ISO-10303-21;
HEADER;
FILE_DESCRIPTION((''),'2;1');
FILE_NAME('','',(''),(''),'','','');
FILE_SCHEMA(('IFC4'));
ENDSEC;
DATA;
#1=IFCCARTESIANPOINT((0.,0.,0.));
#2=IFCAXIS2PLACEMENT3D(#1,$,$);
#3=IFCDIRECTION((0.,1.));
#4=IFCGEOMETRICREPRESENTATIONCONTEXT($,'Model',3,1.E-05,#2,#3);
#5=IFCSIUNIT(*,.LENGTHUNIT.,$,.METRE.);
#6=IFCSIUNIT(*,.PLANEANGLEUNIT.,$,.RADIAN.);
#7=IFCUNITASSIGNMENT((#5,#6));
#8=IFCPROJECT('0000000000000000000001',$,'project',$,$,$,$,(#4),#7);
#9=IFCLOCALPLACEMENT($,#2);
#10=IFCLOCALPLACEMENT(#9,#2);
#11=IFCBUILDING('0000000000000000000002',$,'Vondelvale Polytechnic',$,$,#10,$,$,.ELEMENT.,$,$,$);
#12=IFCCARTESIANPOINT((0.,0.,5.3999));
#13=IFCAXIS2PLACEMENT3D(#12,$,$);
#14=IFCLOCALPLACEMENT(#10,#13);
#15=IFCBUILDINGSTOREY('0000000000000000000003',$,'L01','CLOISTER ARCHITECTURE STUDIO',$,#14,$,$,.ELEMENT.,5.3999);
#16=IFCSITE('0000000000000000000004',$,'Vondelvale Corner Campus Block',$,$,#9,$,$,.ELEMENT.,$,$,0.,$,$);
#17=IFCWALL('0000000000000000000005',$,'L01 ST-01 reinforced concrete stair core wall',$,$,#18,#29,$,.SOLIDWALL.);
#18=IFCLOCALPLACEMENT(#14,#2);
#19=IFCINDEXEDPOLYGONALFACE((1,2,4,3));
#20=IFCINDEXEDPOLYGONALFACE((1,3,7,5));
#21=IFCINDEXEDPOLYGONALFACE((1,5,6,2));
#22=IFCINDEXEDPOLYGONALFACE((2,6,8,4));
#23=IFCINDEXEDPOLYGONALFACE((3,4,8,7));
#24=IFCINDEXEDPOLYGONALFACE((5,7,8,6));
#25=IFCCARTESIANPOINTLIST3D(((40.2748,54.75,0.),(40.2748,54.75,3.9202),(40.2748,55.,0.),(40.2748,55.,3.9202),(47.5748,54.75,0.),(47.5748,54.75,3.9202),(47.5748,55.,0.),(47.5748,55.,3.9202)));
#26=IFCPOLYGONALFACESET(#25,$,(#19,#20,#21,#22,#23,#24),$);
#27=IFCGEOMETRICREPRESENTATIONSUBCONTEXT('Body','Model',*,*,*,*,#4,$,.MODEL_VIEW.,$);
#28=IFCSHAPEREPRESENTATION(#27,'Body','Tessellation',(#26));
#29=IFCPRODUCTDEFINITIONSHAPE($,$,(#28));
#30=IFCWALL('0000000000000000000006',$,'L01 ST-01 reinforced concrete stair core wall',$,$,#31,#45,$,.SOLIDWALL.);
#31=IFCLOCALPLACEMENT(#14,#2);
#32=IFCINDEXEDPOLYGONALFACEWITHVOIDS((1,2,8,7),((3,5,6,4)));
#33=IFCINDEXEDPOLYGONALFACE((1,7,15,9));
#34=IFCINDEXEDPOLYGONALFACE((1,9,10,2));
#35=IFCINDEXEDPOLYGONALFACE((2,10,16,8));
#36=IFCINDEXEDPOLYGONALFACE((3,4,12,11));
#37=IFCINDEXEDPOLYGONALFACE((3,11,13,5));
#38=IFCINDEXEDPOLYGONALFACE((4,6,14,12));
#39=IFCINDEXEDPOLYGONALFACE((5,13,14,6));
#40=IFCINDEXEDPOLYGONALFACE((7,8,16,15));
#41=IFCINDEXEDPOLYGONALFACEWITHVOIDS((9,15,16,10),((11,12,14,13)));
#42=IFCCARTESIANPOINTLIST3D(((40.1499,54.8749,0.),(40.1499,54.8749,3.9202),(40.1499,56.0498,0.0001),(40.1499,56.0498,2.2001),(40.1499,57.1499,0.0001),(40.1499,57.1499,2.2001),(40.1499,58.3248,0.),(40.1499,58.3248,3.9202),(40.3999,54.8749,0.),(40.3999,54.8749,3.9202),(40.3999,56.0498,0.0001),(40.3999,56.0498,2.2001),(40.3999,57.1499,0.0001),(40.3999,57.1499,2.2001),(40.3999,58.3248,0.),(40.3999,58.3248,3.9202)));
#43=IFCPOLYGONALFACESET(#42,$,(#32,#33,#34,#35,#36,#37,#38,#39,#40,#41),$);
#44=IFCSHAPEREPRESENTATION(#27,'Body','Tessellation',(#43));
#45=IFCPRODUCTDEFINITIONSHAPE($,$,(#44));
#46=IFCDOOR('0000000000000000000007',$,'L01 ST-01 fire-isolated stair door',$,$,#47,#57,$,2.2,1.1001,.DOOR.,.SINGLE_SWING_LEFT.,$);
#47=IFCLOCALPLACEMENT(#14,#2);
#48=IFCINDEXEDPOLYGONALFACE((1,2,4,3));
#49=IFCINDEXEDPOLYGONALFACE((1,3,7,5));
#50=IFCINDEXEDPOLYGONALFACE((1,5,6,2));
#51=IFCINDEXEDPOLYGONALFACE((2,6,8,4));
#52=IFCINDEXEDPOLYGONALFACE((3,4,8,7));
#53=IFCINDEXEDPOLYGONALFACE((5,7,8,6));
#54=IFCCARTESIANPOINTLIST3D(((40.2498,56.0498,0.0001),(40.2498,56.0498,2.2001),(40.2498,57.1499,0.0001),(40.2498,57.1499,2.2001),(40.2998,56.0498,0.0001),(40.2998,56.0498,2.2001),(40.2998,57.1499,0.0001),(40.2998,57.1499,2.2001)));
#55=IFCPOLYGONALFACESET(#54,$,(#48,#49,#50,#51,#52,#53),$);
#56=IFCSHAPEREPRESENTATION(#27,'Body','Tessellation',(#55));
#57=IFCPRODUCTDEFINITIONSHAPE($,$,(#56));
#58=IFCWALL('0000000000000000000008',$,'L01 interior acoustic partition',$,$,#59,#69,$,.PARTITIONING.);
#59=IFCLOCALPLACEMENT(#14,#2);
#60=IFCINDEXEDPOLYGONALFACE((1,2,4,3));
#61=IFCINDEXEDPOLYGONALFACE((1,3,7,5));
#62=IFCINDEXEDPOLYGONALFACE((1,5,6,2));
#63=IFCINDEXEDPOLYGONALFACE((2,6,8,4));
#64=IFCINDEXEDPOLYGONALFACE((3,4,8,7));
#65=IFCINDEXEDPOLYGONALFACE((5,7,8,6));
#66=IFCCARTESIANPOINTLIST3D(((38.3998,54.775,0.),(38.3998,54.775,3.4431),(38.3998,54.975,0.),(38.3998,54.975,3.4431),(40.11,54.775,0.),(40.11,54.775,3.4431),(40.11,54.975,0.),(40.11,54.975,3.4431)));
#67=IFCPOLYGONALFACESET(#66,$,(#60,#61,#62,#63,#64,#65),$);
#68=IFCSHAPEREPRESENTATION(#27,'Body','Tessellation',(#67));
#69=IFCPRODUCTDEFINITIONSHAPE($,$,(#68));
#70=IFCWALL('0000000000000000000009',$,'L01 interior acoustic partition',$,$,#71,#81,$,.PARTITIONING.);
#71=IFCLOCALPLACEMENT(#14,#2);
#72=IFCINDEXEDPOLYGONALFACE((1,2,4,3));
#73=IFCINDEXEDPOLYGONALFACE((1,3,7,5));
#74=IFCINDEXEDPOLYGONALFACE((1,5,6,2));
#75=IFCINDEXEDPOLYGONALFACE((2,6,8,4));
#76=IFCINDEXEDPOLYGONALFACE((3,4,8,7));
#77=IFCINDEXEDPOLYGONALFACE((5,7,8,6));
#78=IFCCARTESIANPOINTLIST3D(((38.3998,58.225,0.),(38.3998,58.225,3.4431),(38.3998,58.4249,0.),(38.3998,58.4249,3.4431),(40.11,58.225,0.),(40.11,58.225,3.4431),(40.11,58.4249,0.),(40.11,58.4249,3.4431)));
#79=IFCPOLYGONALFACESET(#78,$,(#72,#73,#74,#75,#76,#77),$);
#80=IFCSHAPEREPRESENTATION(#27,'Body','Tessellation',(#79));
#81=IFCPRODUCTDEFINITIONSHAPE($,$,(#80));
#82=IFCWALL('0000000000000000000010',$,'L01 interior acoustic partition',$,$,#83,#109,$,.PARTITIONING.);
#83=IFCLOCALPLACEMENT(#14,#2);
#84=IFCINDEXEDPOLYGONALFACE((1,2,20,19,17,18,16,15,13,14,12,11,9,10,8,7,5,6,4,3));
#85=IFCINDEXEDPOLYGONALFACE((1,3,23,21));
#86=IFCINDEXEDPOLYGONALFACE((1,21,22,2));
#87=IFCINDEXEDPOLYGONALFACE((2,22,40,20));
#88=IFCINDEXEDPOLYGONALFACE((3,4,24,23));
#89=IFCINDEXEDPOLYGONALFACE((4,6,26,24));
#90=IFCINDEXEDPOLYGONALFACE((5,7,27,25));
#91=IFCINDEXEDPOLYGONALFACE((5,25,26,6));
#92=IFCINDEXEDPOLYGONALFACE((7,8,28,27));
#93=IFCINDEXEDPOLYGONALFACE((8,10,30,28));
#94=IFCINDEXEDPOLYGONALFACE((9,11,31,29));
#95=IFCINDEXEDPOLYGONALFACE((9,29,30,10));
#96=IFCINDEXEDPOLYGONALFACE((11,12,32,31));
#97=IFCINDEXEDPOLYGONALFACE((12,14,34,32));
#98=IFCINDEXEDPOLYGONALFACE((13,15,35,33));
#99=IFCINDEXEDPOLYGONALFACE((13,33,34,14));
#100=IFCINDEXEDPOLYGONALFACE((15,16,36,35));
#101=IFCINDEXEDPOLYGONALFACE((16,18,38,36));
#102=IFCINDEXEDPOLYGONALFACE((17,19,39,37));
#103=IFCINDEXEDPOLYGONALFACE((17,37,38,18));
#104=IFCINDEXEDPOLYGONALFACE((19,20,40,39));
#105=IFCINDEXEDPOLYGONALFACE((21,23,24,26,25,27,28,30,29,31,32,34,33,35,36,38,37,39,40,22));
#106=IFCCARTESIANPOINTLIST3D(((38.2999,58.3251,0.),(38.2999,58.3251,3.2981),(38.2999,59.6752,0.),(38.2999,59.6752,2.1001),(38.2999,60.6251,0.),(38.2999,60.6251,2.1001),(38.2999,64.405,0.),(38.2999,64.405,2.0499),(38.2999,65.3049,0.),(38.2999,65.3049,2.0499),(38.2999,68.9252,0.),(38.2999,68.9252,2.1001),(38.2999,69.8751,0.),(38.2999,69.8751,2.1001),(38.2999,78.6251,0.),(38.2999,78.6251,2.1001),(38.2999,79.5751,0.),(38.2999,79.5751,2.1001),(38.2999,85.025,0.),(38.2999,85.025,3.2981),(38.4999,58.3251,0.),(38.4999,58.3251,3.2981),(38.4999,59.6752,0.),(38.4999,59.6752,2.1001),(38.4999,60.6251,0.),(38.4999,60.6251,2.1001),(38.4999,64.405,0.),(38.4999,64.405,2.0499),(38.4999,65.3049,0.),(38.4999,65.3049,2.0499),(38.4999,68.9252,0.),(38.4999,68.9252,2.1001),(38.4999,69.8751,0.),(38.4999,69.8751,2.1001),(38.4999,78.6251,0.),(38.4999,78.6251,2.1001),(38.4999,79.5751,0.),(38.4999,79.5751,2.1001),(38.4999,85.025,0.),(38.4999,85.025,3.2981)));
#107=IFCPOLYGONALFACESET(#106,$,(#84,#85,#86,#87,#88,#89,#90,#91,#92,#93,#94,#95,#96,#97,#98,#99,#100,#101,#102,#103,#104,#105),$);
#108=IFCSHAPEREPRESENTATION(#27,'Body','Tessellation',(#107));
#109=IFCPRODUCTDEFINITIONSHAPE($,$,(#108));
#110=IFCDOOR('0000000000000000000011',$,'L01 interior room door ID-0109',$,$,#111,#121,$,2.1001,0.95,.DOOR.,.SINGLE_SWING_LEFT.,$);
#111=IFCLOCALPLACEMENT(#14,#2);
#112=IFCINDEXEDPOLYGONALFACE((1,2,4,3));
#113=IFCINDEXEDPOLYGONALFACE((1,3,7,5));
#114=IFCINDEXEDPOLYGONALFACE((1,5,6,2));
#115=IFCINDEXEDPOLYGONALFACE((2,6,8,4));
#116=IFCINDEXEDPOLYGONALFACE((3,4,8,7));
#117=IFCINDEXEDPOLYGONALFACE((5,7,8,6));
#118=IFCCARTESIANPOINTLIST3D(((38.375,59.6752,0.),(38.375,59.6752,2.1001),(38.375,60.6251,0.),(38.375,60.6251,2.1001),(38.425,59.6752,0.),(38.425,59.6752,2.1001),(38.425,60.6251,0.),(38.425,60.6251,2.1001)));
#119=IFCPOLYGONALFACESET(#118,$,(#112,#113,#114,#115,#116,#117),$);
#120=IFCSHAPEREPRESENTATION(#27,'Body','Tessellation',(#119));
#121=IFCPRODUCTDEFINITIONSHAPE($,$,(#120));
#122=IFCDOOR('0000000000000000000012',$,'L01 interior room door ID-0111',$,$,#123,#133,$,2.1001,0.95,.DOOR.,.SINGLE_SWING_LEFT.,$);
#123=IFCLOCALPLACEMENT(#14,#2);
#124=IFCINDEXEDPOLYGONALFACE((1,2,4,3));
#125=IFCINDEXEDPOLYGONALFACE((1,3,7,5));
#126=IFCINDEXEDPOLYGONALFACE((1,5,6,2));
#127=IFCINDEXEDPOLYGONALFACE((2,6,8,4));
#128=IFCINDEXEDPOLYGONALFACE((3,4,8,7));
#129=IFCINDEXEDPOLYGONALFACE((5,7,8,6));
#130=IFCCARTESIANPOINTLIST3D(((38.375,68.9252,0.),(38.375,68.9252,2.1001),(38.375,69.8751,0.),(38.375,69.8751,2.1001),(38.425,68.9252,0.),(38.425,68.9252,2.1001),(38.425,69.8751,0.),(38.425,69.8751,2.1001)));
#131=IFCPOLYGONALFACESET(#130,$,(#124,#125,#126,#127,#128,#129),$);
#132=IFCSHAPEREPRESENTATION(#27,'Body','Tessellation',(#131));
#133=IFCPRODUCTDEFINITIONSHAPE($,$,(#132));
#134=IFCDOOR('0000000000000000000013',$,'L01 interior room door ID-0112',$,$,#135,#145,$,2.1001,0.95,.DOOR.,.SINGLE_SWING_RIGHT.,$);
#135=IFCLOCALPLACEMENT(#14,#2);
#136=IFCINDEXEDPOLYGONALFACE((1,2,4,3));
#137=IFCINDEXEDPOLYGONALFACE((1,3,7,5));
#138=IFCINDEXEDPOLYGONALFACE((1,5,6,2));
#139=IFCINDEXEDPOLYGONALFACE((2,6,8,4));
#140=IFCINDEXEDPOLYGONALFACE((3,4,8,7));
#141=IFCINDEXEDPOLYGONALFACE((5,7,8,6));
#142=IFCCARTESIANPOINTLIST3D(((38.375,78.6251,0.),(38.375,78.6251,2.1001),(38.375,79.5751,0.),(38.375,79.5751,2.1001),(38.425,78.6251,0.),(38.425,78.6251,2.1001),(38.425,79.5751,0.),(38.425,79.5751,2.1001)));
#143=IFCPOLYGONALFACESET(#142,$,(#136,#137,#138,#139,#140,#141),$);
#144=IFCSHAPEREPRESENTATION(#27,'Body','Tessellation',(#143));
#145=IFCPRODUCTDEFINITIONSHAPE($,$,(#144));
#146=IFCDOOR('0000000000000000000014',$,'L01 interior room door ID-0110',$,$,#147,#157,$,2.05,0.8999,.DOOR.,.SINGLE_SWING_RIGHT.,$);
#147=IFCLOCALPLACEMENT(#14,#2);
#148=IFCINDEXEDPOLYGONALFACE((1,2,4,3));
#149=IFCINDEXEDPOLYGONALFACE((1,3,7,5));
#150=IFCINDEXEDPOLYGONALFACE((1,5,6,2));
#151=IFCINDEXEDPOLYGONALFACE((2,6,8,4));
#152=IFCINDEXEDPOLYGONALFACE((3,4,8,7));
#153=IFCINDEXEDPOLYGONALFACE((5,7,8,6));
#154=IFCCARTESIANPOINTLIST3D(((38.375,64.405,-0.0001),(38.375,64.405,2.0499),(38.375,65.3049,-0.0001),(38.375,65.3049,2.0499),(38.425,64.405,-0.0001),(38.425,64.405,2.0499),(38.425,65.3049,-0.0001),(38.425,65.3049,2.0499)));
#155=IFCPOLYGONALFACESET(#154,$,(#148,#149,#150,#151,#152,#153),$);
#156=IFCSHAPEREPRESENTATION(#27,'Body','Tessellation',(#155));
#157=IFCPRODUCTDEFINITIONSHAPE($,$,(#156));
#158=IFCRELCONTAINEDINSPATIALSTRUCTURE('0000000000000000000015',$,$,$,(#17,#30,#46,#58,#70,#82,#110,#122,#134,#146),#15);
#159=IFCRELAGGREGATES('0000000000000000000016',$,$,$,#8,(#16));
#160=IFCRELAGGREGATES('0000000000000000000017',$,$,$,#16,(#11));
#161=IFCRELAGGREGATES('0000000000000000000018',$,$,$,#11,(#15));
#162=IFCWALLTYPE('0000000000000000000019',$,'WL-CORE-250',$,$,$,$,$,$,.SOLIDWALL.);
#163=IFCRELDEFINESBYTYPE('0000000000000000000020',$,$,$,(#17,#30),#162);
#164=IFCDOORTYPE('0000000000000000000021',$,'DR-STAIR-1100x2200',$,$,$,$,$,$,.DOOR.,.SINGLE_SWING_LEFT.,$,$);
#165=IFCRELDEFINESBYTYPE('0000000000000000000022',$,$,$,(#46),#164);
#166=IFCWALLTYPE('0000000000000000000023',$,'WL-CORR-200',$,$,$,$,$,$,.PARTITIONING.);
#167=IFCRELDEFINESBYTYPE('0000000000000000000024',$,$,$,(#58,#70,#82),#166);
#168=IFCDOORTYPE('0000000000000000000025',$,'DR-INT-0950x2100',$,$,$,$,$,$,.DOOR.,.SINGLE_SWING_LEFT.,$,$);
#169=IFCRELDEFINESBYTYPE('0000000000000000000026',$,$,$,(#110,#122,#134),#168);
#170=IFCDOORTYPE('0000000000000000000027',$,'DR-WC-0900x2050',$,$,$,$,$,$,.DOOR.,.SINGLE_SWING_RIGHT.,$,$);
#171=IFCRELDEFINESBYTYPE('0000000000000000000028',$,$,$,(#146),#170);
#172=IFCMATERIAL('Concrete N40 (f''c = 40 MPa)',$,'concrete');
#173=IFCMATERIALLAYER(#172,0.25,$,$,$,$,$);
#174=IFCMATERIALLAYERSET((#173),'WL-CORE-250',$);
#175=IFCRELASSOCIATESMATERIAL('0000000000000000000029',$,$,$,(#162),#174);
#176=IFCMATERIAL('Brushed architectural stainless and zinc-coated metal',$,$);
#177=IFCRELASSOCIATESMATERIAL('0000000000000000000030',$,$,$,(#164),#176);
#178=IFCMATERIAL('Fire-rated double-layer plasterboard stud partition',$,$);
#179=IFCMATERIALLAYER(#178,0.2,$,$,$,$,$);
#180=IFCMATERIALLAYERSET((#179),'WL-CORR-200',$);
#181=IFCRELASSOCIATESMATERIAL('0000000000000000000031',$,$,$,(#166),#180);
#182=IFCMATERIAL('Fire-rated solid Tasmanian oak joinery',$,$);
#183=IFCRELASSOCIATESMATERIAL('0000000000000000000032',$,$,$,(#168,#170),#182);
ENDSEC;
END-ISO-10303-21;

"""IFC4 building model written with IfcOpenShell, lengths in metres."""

from ifc_helpers import new_model, si_unit, direction, frame, frame_2d, origin, place, context, subcontext, project, spatial, rectangle, extrude, material, layer, layer_set, type_object, element, fill, save


model = new_model("IFC4")

# Units and contexts
model_context = context("Model", 3, precision=1e-05, world=origin(), true_north=direction((0.0, 1.0)))
body_context = subcontext(model_context, "Body", "Model", "MODEL_VIEW")
ifc_project = project(units=[si_unit("LENGTHUNIT", "METRE"), si_unit("PLANEANGLEUNIT", "RADIAN")], contexts=[model_context])

# Site, building, storey
site_placement = place(None, origin())
site = spatial("IfcSite", under=ifc_project, at=site_placement, Name="Vondelvale Corner Campus Block", CompositionType="ELEMENT", RefElevation=0.0)
building_placement = place(site_placement, origin())
building = spatial("IfcBuilding", under=site, at=building_placement, Name="Vondelvale Polytechnic", CompositionType="ELEMENT")
storey_placement = place(building_placement, frame((0.0, 0.0, 5.3999)))
storey = spatial("IfcBuildingStorey", under=building, at=storey_placement, Name="L01", Description="CLOISTER ARCHITECTURE STUDIO", CompositionType="ELEMENT", Elevation=5.3999)

# Wall
ifc_material_1 = material(Name="Concrete N40 (f'c = 40 MPa)", Category="concrete")
ifc_layer_1 = layer(ifc_material_1, 0.25)
ifc_layer_set_1 = layer_set([ifc_layer_1], Name="WL-CORE-250")
wall_type_1 = type_object("IfcWallType", Name="WL-CORE-250", PredefinedType="SOLIDWALL", material=ifc_layer_set_1)
wall_1_placement = place(storey_placement, frame((40.2749, 54.875, 0.0), z_axis=(0.0, 0.0, 1.0), x_axis=(1.0, 0.0, 0.0)))
element("IfcWall", 1, at=wall_1_placement, inside=storey, type_object=wall_type_1, Name="L01 ST-01 reinforced concrete stair core wall", PredefinedType="SOLIDWALL", context=body_context, shape_type="SweptSolid", body=[
    extrude(rectangle(XDim=7.3, YDim=0.25, at=frame_2d((3.6499, 0.0))), origin(), (0.0, 0.0, 1.0), 3.9202),
])

# Wall, opening, door
wall_2_placement = place(storey_placement, frame((40.2749, 58.325, 0.0), z_axis=(0.0, 0.0, 1.0), x_axis=(0.0, -1.0, 0.0)))
wall_2 = element("IfcWall", 2, at=wall_2_placement, inside=storey, type_object=wall_type_1, Name="L01 ST-01 reinforced concrete stair core wall", PredefinedType="SOLIDWALL", context=body_context, shape_type="SweptSolid", body=[
    extrude(rectangle(XDim=3.45, YDim=0.25, at=frame_2d((1.7251, 0.0))), origin(), (0.0, 0.0, 1.0), 3.9202),
])
opening_1_placement = place(wall_2_placement, frame((1.175, 0.0, 0.0)))
opening_1 = element("IfcOpeningElement", 3, at=opening_1_placement, cuts=wall_2, PredefinedType="OPENING", context=body_context, shape_type="SweptSolid", body=[
    extrude(rectangle(XDim=1.1001, YDim=2.2, at=frame_2d((0.55, 1.1001))), frame((0.0, 0.135, 0.0), z_axis=(0.0, -1.0, 0.0), x_axis=(1.0, 0.0, 0.0)), (0.0, 0.0, 1.0), 0.27),
])
ifc_material_2 = material(Name="Brushed architectural stainless and zinc-coated metal")
door_type_1 = type_object("IfcDoorType", Name="DR-STAIR-1100x2200", OperationType="SINGLE_SWING_LEFT", PredefinedType="DOOR", material=ifc_material_2)
door_1_placement = place(opening_1_placement, origin())
door_1 = element("IfcDoor", 4, at=door_1_placement, inside=storey, type_object=door_type_1, Name="L01 ST-01 fire-isolated stair door", OperationType="SINGLE_SWING_LEFT", OverallHeight=2.2, OverallWidth=1.1001, PredefinedType="DOOR", context=body_context, shape_type="SweptSolid", body=[
    extrude(rectangle(XDim=1.1001, YDim=2.2, at=frame_2d((0.55, 1.1001))), frame((0.0, 0.0249, 0.0), z_axis=(0.0, -1.0, 0.0), x_axis=(1.0, 0.0, 0.0)), (0.0, 0.0, 1.0), 0.05),
])
fill(opening_1, door_1)

# Walls
ifc_material_3 = material(Name="Fire-rated double-layer plasterboard stud partition")
ifc_layer_2 = layer(ifc_material_3, 0.2)
ifc_layer_set_2 = layer_set([ifc_layer_2], Name="WL-CORR-200")
wall_type_2 = type_object("IfcWallType", Name="WL-CORR-200", PredefinedType="PARTITIONING", material=ifc_layer_set_2)
for number, where, z_axis, x_axis, name in (
    (5, (38.3999, 54.875, 0.0), (0.0, 0.0, 1.0), (1.0, 0.0, 0.0), "L01 interior acoustic partition"),
    (6, (38.3999, 58.325, 0.0), (0.0, 0.0, 1.0), (1.0, 0.0, 0.0), "L01 interior acoustic partition"),
):
    element("IfcWall", number, at=place(storey_placement, frame(where, z_axis=z_axis, x_axis=x_axis)), inside=storey, type_object=wall_type_2, Name=name, PredefinedType="PARTITIONING", context=body_context, shape_type="SweptSolid", body=[
        extrude(rectangle(XDim=1.7102, YDim=0.2, at=frame_2d((0.855, 0.0))), origin(), (0.0, 0.0, 1.0), 3.4431),
    ])

# Wall, openings, doors
wall_3_placement = place(storey_placement, frame((38.3999, 58.325, 0.0), z_axis=(0.0, 0.0, 1.0), x_axis=(0.0, 1.0, 0.0)))
wall_3 = element("IfcWall", 7, at=wall_3_placement, inside=storey, type_object=wall_type_2, Name="L01 interior acoustic partition", PredefinedType="PARTITIONING", context=body_context, shape_type="SweptSolid", body=[
    extrude(rectangle(XDim=26.7, YDim=0.2, at=frame_2d((13.3501, 0.0))), origin(), (0.0, 0.0, 1.0), 3.2981),
])
opening_2_placement = place(wall_3_placement, frame((1.3501, 0.0, 0.0)))
opening_2 = element("IfcOpeningElement", 8, at=opening_2_placement, cuts=wall_3, PredefinedType="OPENING", context=body_context, shape_type="SweptSolid", body=[
    extrude(rectangle(XDim=0.95, YDim=2.1001, at=frame_2d((0.4751, 1.05))), frame((0.0, 0.1099, 0.0), z_axis=(0.0, -1.0, 0.0), x_axis=(1.0, 0.0, 0.0)), (0.0, 0.0, 1.0), 0.22),
])
opening_3_placement = place(wall_3_placement, frame((6.0801, 0.0, 0.0)))
opening_3 = element("IfcOpeningElement", 9, at=opening_3_placement, cuts=wall_3, PredefinedType="OPENING", context=body_context, shape_type="SweptSolid", body=[
    extrude(rectangle(XDim=0.8999, YDim=2.05, at=frame_2d((0.45, 1.0249))), frame((0.0, 0.1099, 0.0), z_axis=(0.0, -1.0, 0.0), x_axis=(1.0, 0.0, 0.0)), (0.0, 0.0, 1.0), 0.22),
])
opening_4_placement = place(wall_3_placement, frame((10.6001, 0.0, 0.0)))
opening_4 = element("IfcOpeningElement", 10, at=opening_4_placement, cuts=wall_3, PredefinedType="OPENING", context=body_context, shape_type="SweptSolid", body=[
    extrude(rectangle(XDim=0.95, YDim=2.1001, at=frame_2d((0.4751, 1.05))), frame((0.0, 0.1099, 0.0), z_axis=(0.0, -1.0, 0.0), x_axis=(1.0, 0.0, 0.0)), (0.0, 0.0, 1.0), 0.22),
])
opening_5_placement = place(wall_3_placement, frame((20.3, 0.0, 0.0)))
opening_5 = element("IfcOpeningElement", 11, at=opening_5_placement, cuts=wall_3, PredefinedType="OPENING", context=body_context, shape_type="SweptSolid", body=[
    extrude(rectangle(XDim=0.95, YDim=2.1001, at=frame_2d((0.4751, 1.05))), frame((0.0, 0.1099, 0.0), z_axis=(0.0, -1.0, 0.0), x_axis=(1.0, 0.0, 0.0)), (0.0, 0.0, 1.0), 0.22),
])
ifc_material_4 = material(Name="Fire-rated solid Tasmanian oak joinery")
door_type_2 = type_object("IfcDoorType", Name="DR-INT-0950x2100", OperationType="SINGLE_SWING_LEFT", PredefinedType="DOOR", material=ifc_material_4)
door_2_placement = place(opening_2_placement, origin())
door_2 = element("IfcDoor", 12, at=door_2_placement, inside=storey, type_object=door_type_2, Name="L01 interior room door ID-0109", OperationType="SINGLE_SWING_LEFT", OverallHeight=2.1001, OverallWidth=0.95, PredefinedType="DOOR", context=body_context, shape_type="SweptSolid", body=[
    extrude(rectangle(XDim=0.95, YDim=2.1001, at=frame_2d((0.4751, 1.05))), frame((0.0, 0.0249, 0.0), z_axis=(0.0, -1.0, 0.0), x_axis=(1.0, 0.0, 0.0)), (0.0, 0.0, 1.0), 0.05),
])
fill(opening_2, door_2)
door_3_placement = place(opening_4_placement, origin())
door_3 = element("IfcDoor", 13, at=door_3_placement, inside=storey, type_object=door_type_2, Name="L01 interior room door ID-0111", OperationType="SINGLE_SWING_LEFT", OverallHeight=2.1001, OverallWidth=0.95, PredefinedType="DOOR", context=body_context, shape_type="SweptSolid", body=[
    extrude(rectangle(XDim=0.95, YDim=2.1001, at=frame_2d((0.4751, 1.05))), frame((0.0, 0.0249, 0.0), z_axis=(0.0, -1.0, 0.0), x_axis=(1.0, 0.0, 0.0)), (0.0, 0.0, 1.0), 0.05),
])
fill(opening_4, door_3)
door_4_placement = place(opening_5_placement, origin())
door_4 = element("IfcDoor", 14, at=door_4_placement, inside=storey, type_object=door_type_2, Name="L01 interior room door ID-0112", OperationType="SINGLE_SWING_RIGHT", OverallHeight=2.1001, OverallWidth=0.95, PredefinedType="DOOR", context=body_context, shape_type="SweptSolid", body=[
    extrude(rectangle(XDim=0.95, YDim=2.1001, at=frame_2d((0.4751, 1.05))), frame((0.0, 0.0249, 0.0), z_axis=(0.0, -1.0, 0.0), x_axis=(1.0, 0.0, 0.0)), (0.0, 0.0, 1.0), 0.05),
])
fill(opening_5, door_4)
door_type_3 = type_object("IfcDoorType", Name="DR-WC-0900x2050", OperationType="SINGLE_SWING_RIGHT", PredefinedType="DOOR", material=ifc_material_4)
door_5_placement = place(opening_3_placement, origin())
door_5 = element("IfcDoor", 15, at=door_5_placement, inside=storey, type_object=door_type_3, Name="L01 interior room door ID-0110", OperationType="SINGLE_SWING_RIGHT", OverallHeight=2.05, OverallWidth=0.8999, PredefinedType="DOOR", context=body_context, shape_type="SweptSolid", body=[
    extrude(rectangle(XDim=0.8999, YDim=2.05, at=frame_2d((0.45, 1.0249))), frame((0.0, 0.0249, 0.0), z_axis=(0.0, -1.0, 0.0), x_axis=(1.0, 0.0, 0.0)), (0.0, 0.0, 1.0), 0.05),
])
fill(opening_3, door_5)

save(model, "model.ifc")
